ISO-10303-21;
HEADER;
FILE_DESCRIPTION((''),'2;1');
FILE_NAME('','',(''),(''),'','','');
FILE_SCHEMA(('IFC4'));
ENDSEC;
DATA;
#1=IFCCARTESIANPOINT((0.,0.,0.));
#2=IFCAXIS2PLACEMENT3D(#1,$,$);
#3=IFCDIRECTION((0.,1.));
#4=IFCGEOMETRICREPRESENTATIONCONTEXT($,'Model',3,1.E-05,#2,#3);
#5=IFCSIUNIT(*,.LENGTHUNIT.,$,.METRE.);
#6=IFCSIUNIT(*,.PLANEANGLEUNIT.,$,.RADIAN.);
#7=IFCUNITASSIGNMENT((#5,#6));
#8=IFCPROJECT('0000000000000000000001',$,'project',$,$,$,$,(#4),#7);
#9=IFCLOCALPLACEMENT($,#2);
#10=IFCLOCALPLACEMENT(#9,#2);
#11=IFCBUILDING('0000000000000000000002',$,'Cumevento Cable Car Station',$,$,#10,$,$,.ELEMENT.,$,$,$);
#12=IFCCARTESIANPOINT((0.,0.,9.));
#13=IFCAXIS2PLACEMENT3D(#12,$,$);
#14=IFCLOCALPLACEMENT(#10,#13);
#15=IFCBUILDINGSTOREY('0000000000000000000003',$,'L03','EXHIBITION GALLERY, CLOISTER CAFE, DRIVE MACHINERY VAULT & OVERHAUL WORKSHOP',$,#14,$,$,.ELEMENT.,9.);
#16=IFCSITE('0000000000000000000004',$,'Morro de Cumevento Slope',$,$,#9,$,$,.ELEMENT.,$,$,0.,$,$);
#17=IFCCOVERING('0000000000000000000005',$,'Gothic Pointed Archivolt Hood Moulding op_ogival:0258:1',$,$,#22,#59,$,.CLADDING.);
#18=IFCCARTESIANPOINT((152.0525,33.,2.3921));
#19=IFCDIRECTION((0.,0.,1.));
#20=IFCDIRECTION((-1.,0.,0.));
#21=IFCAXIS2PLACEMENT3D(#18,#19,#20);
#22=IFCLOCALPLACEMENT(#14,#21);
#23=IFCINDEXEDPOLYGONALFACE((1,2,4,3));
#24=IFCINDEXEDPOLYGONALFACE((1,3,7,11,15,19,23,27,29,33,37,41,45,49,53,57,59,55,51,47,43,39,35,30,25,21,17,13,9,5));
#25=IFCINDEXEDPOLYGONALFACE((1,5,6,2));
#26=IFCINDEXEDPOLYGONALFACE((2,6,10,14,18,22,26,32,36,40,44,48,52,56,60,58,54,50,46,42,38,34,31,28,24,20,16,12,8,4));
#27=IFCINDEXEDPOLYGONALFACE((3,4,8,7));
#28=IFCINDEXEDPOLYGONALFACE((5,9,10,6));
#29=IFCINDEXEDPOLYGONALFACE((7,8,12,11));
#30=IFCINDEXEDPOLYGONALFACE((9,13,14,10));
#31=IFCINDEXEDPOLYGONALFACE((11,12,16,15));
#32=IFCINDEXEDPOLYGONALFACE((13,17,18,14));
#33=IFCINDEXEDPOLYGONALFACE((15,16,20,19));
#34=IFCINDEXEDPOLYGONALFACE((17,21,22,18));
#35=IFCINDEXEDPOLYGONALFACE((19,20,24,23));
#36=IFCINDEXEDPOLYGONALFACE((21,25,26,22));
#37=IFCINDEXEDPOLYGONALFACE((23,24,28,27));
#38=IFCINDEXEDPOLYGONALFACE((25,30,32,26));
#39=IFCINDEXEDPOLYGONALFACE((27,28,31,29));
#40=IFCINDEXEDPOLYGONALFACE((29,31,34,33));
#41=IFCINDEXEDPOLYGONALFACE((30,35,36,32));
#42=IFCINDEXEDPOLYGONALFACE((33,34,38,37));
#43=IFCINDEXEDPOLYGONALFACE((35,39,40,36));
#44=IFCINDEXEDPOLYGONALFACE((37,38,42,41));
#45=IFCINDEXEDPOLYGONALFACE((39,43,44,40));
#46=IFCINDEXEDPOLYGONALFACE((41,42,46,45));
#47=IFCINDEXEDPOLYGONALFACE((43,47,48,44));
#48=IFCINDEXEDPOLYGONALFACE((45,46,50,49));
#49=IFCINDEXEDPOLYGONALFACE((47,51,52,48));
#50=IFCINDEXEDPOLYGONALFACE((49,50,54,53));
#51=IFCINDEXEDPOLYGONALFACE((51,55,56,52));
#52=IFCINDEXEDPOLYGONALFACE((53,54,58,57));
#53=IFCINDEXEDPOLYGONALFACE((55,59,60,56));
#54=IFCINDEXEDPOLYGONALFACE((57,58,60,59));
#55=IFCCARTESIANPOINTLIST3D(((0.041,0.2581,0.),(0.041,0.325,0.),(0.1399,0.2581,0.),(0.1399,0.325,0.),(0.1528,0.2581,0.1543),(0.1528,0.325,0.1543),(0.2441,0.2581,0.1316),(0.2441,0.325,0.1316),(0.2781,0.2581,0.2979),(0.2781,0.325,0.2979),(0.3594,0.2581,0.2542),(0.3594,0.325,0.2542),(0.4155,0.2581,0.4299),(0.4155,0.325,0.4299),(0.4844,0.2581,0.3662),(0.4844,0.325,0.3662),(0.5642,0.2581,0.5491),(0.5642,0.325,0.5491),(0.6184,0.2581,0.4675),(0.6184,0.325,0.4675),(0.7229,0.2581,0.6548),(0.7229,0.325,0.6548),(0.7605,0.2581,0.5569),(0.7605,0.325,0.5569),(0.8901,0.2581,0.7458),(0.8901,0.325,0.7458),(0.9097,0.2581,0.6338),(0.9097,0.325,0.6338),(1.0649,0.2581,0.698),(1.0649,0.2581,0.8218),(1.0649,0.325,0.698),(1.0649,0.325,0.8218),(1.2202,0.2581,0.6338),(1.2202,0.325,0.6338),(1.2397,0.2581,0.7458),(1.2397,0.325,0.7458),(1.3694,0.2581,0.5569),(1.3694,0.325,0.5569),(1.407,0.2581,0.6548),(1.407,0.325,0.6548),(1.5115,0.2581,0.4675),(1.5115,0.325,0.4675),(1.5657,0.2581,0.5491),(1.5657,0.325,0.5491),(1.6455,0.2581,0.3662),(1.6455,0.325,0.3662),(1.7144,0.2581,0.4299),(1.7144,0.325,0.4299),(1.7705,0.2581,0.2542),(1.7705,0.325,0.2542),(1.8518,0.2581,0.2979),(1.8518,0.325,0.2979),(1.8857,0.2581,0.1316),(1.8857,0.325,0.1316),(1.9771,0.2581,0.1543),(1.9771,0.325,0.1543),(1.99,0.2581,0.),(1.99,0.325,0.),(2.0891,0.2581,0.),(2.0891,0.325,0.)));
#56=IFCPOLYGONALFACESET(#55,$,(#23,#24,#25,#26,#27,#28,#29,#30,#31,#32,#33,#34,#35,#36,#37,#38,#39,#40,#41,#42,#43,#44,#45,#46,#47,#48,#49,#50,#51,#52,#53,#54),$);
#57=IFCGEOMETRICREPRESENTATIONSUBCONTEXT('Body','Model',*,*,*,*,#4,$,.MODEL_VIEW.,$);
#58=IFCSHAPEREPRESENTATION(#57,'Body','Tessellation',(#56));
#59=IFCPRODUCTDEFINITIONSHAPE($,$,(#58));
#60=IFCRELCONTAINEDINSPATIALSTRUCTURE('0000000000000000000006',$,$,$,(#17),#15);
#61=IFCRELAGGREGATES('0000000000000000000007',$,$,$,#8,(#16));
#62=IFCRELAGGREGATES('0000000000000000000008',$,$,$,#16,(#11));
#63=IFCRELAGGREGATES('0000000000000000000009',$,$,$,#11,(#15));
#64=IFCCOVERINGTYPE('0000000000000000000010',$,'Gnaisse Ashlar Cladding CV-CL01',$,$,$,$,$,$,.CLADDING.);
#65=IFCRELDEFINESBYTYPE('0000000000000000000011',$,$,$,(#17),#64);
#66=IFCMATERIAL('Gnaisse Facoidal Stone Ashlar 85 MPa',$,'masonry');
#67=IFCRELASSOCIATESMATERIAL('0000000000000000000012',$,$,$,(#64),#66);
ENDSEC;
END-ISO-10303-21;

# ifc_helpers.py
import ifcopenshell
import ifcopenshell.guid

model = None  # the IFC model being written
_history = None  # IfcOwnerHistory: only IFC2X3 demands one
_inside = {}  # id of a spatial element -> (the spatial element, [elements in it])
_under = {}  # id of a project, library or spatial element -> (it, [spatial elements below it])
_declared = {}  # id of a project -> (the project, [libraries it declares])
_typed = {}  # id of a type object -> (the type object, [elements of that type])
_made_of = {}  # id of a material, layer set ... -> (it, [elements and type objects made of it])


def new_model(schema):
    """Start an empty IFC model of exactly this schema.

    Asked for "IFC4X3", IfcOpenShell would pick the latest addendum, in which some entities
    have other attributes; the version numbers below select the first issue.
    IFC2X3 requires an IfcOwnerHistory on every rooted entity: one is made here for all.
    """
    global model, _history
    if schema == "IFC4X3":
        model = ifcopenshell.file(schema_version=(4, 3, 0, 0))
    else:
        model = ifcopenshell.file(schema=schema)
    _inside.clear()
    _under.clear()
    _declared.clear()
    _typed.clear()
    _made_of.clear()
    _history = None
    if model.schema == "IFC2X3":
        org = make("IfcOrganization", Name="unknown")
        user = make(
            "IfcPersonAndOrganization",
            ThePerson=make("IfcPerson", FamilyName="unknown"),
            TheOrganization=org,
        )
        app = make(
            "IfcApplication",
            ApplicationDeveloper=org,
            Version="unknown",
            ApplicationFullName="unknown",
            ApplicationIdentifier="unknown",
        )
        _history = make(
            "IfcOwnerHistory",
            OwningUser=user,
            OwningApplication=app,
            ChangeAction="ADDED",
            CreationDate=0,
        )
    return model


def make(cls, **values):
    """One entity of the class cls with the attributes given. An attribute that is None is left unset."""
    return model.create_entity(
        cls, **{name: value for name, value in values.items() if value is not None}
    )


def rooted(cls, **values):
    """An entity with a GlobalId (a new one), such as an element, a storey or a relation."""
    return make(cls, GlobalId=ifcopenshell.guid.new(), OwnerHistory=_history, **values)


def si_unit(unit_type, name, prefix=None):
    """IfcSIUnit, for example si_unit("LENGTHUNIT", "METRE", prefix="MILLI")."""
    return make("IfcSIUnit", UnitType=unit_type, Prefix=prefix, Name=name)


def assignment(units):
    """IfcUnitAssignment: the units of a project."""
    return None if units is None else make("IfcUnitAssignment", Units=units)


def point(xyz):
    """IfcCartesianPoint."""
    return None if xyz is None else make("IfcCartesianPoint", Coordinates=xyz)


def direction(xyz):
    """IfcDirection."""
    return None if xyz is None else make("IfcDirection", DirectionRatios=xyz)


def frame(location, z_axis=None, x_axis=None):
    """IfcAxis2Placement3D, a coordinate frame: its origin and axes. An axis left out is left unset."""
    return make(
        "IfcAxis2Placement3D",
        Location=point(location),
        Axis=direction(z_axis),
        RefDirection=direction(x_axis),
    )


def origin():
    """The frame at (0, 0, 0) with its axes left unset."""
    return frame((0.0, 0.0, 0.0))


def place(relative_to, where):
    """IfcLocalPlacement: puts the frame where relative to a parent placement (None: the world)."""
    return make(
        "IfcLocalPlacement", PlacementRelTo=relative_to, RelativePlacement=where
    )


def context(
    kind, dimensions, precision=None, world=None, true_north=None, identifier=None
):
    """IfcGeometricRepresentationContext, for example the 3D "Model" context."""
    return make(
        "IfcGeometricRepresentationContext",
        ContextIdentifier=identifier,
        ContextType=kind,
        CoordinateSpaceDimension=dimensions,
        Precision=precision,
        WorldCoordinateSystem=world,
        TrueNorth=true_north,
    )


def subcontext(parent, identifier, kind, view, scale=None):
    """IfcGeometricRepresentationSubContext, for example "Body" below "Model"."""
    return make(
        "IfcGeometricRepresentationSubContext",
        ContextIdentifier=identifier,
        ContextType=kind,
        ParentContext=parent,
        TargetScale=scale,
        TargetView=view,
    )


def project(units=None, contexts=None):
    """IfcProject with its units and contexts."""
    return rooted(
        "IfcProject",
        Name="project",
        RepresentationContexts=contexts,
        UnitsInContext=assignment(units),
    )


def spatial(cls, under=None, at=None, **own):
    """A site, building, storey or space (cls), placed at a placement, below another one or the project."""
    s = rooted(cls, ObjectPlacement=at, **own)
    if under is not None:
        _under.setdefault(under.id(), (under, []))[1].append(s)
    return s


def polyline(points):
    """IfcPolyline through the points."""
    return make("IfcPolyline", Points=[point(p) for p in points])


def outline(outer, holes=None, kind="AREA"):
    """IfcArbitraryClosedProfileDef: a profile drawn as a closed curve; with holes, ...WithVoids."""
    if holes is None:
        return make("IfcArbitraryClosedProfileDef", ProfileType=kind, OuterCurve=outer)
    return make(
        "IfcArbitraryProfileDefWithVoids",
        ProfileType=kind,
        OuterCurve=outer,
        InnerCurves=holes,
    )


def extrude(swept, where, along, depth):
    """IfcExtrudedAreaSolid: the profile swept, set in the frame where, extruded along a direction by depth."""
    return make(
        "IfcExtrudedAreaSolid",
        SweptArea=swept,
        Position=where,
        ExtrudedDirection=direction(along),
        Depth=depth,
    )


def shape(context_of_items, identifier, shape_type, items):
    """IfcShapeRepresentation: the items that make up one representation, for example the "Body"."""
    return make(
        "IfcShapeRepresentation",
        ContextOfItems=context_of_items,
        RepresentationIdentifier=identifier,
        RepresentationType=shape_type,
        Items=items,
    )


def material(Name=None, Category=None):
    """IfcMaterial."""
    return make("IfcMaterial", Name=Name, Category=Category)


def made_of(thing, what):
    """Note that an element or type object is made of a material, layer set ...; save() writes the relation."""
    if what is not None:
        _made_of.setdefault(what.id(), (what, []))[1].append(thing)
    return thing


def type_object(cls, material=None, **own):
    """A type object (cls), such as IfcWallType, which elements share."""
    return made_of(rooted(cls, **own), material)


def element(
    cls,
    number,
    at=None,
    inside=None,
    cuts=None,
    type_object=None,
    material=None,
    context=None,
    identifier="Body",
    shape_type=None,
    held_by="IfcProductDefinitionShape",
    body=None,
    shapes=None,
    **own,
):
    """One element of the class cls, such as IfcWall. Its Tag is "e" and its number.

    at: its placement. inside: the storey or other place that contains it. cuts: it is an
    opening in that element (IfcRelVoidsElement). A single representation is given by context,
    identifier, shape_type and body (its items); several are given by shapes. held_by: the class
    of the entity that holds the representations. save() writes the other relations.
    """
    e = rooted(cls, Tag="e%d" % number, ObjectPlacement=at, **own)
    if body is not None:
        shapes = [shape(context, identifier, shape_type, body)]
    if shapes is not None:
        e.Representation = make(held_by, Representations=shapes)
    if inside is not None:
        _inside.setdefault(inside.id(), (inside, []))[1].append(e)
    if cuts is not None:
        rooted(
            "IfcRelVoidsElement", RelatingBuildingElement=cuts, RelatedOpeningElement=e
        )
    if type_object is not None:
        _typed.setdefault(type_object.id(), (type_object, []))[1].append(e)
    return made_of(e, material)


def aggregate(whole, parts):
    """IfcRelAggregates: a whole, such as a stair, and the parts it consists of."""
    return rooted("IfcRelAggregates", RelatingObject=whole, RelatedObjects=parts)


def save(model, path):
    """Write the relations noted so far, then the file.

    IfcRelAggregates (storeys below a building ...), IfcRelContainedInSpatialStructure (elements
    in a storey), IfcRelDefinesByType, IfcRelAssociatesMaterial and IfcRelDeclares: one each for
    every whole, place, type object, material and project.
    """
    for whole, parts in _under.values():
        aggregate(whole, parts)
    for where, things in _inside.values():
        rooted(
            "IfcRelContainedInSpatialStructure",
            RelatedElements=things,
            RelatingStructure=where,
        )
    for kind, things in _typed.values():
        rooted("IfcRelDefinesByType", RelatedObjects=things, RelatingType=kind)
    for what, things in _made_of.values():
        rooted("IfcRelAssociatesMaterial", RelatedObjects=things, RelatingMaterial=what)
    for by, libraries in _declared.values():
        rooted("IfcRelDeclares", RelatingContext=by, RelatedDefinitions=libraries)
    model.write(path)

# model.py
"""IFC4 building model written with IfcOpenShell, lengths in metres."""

from ifc_helpers import new_model, si_unit, direction, frame, origin, place, context, subcontext, project, spatial, polyline, outline, extrude, material, type_object, element, save


model = new_model("IFC4")

# Units and contexts
model_context = context("Model", 3, precision=1e-05, world=origin(), true_north=direction((0.0, 1.0)))
body_context = subcontext(model_context, "Body", "Model", "MODEL_VIEW")
ifc_project = project(units=[si_unit("LENGTHUNIT", "METRE"), si_unit("PLANEANGLEUNIT", "RADIAN")], contexts=[model_context])

# Site, building, storey
site_placement = place(None, origin())
site = spatial("IfcSite", under=ifc_project, at=site_placement, Name="Morro de Cumevento Slope", CompositionType="ELEMENT", RefElevation=0.0)
building_placement = place(site_placement, origin())
building = spatial("IfcBuilding", under=site, at=building_placement, Name="Cumevento Cable Car Station", CompositionType="ELEMENT")
storey_placement = place(building_placement, frame((0.0, 0.0, 9.0)))
storey = spatial("IfcBuildingStorey", under=building, at=storey_placement, Name="L03", Description="EXHIBITION GALLERY, CLOISTER CAFE, DRIVE MACHINERY VAULT & OVERHAUL WORKSHOP", CompositionType="ELEMENT", Elevation=9.0)

# Covering
ifc_material_1 = material(Name="Gnaisse Facoidal Stone Ashlar 85 MPa", Category="masonry")
covering_type = type_object("IfcCoveringType", Name="Gnaisse Ashlar Cladding CV-CL01", PredefinedType="CLADDING", material=ifc_material_1)
covering_1_placement = place(storey_placement, frame((152.0525, 33.0, 2.3921), z_axis=(0.0, 0.0, 1.0), x_axis=(-1.0, 0.0, 0.0)))
element("IfcCovering", 1, at=covering_1_placement, inside=storey, type_object=covering_type, Name="Gothic Pointed Archivolt Hood Moulding op_ogival:0258:1", PredefinedType="CLADDING", context=body_context, shape_type="SweptSolid", body=[
    extrude(outline(polyline([(0.1399, 0.0), (0.2441, 0.1316), (0.3594, 0.2542), (0.4844, 0.3662), (0.6184, 0.4675), (0.7605, 0.5569), (0.9097, 0.6338), (1.0649, 0.698), (1.2202, 0.6338), (1.3694, 0.5569), (1.5115, 0.4675), (1.6455, 0.3662), (1.7705, 0.2542), (1.8857, 0.1316), (1.99, 0.0), (2.0891, 0.0), (1.9771, 0.1543), (1.8518, 0.2979), (1.7144, 0.4299), (1.5657, 0.5491), (1.407, 0.6548), (1.2397, 0.7458), (1.0649, 0.8218), (0.8901, 0.7458), (0.7229, 0.6548), (0.5642, 0.5491), (0.4155, 0.4299), (0.2781, 0.2979), (0.1528, 0.1543), (0.041, 0.0), (0.1399, 0.0)])), frame((0.0, 0.325, 0.0), z_axis=(0.0, -1.0, 0.0), x_axis=(1.0, 0.0, 0.0)), (0.0, 0.0, 1.0), 0.0669),
])

save(model, "model.ifc")
